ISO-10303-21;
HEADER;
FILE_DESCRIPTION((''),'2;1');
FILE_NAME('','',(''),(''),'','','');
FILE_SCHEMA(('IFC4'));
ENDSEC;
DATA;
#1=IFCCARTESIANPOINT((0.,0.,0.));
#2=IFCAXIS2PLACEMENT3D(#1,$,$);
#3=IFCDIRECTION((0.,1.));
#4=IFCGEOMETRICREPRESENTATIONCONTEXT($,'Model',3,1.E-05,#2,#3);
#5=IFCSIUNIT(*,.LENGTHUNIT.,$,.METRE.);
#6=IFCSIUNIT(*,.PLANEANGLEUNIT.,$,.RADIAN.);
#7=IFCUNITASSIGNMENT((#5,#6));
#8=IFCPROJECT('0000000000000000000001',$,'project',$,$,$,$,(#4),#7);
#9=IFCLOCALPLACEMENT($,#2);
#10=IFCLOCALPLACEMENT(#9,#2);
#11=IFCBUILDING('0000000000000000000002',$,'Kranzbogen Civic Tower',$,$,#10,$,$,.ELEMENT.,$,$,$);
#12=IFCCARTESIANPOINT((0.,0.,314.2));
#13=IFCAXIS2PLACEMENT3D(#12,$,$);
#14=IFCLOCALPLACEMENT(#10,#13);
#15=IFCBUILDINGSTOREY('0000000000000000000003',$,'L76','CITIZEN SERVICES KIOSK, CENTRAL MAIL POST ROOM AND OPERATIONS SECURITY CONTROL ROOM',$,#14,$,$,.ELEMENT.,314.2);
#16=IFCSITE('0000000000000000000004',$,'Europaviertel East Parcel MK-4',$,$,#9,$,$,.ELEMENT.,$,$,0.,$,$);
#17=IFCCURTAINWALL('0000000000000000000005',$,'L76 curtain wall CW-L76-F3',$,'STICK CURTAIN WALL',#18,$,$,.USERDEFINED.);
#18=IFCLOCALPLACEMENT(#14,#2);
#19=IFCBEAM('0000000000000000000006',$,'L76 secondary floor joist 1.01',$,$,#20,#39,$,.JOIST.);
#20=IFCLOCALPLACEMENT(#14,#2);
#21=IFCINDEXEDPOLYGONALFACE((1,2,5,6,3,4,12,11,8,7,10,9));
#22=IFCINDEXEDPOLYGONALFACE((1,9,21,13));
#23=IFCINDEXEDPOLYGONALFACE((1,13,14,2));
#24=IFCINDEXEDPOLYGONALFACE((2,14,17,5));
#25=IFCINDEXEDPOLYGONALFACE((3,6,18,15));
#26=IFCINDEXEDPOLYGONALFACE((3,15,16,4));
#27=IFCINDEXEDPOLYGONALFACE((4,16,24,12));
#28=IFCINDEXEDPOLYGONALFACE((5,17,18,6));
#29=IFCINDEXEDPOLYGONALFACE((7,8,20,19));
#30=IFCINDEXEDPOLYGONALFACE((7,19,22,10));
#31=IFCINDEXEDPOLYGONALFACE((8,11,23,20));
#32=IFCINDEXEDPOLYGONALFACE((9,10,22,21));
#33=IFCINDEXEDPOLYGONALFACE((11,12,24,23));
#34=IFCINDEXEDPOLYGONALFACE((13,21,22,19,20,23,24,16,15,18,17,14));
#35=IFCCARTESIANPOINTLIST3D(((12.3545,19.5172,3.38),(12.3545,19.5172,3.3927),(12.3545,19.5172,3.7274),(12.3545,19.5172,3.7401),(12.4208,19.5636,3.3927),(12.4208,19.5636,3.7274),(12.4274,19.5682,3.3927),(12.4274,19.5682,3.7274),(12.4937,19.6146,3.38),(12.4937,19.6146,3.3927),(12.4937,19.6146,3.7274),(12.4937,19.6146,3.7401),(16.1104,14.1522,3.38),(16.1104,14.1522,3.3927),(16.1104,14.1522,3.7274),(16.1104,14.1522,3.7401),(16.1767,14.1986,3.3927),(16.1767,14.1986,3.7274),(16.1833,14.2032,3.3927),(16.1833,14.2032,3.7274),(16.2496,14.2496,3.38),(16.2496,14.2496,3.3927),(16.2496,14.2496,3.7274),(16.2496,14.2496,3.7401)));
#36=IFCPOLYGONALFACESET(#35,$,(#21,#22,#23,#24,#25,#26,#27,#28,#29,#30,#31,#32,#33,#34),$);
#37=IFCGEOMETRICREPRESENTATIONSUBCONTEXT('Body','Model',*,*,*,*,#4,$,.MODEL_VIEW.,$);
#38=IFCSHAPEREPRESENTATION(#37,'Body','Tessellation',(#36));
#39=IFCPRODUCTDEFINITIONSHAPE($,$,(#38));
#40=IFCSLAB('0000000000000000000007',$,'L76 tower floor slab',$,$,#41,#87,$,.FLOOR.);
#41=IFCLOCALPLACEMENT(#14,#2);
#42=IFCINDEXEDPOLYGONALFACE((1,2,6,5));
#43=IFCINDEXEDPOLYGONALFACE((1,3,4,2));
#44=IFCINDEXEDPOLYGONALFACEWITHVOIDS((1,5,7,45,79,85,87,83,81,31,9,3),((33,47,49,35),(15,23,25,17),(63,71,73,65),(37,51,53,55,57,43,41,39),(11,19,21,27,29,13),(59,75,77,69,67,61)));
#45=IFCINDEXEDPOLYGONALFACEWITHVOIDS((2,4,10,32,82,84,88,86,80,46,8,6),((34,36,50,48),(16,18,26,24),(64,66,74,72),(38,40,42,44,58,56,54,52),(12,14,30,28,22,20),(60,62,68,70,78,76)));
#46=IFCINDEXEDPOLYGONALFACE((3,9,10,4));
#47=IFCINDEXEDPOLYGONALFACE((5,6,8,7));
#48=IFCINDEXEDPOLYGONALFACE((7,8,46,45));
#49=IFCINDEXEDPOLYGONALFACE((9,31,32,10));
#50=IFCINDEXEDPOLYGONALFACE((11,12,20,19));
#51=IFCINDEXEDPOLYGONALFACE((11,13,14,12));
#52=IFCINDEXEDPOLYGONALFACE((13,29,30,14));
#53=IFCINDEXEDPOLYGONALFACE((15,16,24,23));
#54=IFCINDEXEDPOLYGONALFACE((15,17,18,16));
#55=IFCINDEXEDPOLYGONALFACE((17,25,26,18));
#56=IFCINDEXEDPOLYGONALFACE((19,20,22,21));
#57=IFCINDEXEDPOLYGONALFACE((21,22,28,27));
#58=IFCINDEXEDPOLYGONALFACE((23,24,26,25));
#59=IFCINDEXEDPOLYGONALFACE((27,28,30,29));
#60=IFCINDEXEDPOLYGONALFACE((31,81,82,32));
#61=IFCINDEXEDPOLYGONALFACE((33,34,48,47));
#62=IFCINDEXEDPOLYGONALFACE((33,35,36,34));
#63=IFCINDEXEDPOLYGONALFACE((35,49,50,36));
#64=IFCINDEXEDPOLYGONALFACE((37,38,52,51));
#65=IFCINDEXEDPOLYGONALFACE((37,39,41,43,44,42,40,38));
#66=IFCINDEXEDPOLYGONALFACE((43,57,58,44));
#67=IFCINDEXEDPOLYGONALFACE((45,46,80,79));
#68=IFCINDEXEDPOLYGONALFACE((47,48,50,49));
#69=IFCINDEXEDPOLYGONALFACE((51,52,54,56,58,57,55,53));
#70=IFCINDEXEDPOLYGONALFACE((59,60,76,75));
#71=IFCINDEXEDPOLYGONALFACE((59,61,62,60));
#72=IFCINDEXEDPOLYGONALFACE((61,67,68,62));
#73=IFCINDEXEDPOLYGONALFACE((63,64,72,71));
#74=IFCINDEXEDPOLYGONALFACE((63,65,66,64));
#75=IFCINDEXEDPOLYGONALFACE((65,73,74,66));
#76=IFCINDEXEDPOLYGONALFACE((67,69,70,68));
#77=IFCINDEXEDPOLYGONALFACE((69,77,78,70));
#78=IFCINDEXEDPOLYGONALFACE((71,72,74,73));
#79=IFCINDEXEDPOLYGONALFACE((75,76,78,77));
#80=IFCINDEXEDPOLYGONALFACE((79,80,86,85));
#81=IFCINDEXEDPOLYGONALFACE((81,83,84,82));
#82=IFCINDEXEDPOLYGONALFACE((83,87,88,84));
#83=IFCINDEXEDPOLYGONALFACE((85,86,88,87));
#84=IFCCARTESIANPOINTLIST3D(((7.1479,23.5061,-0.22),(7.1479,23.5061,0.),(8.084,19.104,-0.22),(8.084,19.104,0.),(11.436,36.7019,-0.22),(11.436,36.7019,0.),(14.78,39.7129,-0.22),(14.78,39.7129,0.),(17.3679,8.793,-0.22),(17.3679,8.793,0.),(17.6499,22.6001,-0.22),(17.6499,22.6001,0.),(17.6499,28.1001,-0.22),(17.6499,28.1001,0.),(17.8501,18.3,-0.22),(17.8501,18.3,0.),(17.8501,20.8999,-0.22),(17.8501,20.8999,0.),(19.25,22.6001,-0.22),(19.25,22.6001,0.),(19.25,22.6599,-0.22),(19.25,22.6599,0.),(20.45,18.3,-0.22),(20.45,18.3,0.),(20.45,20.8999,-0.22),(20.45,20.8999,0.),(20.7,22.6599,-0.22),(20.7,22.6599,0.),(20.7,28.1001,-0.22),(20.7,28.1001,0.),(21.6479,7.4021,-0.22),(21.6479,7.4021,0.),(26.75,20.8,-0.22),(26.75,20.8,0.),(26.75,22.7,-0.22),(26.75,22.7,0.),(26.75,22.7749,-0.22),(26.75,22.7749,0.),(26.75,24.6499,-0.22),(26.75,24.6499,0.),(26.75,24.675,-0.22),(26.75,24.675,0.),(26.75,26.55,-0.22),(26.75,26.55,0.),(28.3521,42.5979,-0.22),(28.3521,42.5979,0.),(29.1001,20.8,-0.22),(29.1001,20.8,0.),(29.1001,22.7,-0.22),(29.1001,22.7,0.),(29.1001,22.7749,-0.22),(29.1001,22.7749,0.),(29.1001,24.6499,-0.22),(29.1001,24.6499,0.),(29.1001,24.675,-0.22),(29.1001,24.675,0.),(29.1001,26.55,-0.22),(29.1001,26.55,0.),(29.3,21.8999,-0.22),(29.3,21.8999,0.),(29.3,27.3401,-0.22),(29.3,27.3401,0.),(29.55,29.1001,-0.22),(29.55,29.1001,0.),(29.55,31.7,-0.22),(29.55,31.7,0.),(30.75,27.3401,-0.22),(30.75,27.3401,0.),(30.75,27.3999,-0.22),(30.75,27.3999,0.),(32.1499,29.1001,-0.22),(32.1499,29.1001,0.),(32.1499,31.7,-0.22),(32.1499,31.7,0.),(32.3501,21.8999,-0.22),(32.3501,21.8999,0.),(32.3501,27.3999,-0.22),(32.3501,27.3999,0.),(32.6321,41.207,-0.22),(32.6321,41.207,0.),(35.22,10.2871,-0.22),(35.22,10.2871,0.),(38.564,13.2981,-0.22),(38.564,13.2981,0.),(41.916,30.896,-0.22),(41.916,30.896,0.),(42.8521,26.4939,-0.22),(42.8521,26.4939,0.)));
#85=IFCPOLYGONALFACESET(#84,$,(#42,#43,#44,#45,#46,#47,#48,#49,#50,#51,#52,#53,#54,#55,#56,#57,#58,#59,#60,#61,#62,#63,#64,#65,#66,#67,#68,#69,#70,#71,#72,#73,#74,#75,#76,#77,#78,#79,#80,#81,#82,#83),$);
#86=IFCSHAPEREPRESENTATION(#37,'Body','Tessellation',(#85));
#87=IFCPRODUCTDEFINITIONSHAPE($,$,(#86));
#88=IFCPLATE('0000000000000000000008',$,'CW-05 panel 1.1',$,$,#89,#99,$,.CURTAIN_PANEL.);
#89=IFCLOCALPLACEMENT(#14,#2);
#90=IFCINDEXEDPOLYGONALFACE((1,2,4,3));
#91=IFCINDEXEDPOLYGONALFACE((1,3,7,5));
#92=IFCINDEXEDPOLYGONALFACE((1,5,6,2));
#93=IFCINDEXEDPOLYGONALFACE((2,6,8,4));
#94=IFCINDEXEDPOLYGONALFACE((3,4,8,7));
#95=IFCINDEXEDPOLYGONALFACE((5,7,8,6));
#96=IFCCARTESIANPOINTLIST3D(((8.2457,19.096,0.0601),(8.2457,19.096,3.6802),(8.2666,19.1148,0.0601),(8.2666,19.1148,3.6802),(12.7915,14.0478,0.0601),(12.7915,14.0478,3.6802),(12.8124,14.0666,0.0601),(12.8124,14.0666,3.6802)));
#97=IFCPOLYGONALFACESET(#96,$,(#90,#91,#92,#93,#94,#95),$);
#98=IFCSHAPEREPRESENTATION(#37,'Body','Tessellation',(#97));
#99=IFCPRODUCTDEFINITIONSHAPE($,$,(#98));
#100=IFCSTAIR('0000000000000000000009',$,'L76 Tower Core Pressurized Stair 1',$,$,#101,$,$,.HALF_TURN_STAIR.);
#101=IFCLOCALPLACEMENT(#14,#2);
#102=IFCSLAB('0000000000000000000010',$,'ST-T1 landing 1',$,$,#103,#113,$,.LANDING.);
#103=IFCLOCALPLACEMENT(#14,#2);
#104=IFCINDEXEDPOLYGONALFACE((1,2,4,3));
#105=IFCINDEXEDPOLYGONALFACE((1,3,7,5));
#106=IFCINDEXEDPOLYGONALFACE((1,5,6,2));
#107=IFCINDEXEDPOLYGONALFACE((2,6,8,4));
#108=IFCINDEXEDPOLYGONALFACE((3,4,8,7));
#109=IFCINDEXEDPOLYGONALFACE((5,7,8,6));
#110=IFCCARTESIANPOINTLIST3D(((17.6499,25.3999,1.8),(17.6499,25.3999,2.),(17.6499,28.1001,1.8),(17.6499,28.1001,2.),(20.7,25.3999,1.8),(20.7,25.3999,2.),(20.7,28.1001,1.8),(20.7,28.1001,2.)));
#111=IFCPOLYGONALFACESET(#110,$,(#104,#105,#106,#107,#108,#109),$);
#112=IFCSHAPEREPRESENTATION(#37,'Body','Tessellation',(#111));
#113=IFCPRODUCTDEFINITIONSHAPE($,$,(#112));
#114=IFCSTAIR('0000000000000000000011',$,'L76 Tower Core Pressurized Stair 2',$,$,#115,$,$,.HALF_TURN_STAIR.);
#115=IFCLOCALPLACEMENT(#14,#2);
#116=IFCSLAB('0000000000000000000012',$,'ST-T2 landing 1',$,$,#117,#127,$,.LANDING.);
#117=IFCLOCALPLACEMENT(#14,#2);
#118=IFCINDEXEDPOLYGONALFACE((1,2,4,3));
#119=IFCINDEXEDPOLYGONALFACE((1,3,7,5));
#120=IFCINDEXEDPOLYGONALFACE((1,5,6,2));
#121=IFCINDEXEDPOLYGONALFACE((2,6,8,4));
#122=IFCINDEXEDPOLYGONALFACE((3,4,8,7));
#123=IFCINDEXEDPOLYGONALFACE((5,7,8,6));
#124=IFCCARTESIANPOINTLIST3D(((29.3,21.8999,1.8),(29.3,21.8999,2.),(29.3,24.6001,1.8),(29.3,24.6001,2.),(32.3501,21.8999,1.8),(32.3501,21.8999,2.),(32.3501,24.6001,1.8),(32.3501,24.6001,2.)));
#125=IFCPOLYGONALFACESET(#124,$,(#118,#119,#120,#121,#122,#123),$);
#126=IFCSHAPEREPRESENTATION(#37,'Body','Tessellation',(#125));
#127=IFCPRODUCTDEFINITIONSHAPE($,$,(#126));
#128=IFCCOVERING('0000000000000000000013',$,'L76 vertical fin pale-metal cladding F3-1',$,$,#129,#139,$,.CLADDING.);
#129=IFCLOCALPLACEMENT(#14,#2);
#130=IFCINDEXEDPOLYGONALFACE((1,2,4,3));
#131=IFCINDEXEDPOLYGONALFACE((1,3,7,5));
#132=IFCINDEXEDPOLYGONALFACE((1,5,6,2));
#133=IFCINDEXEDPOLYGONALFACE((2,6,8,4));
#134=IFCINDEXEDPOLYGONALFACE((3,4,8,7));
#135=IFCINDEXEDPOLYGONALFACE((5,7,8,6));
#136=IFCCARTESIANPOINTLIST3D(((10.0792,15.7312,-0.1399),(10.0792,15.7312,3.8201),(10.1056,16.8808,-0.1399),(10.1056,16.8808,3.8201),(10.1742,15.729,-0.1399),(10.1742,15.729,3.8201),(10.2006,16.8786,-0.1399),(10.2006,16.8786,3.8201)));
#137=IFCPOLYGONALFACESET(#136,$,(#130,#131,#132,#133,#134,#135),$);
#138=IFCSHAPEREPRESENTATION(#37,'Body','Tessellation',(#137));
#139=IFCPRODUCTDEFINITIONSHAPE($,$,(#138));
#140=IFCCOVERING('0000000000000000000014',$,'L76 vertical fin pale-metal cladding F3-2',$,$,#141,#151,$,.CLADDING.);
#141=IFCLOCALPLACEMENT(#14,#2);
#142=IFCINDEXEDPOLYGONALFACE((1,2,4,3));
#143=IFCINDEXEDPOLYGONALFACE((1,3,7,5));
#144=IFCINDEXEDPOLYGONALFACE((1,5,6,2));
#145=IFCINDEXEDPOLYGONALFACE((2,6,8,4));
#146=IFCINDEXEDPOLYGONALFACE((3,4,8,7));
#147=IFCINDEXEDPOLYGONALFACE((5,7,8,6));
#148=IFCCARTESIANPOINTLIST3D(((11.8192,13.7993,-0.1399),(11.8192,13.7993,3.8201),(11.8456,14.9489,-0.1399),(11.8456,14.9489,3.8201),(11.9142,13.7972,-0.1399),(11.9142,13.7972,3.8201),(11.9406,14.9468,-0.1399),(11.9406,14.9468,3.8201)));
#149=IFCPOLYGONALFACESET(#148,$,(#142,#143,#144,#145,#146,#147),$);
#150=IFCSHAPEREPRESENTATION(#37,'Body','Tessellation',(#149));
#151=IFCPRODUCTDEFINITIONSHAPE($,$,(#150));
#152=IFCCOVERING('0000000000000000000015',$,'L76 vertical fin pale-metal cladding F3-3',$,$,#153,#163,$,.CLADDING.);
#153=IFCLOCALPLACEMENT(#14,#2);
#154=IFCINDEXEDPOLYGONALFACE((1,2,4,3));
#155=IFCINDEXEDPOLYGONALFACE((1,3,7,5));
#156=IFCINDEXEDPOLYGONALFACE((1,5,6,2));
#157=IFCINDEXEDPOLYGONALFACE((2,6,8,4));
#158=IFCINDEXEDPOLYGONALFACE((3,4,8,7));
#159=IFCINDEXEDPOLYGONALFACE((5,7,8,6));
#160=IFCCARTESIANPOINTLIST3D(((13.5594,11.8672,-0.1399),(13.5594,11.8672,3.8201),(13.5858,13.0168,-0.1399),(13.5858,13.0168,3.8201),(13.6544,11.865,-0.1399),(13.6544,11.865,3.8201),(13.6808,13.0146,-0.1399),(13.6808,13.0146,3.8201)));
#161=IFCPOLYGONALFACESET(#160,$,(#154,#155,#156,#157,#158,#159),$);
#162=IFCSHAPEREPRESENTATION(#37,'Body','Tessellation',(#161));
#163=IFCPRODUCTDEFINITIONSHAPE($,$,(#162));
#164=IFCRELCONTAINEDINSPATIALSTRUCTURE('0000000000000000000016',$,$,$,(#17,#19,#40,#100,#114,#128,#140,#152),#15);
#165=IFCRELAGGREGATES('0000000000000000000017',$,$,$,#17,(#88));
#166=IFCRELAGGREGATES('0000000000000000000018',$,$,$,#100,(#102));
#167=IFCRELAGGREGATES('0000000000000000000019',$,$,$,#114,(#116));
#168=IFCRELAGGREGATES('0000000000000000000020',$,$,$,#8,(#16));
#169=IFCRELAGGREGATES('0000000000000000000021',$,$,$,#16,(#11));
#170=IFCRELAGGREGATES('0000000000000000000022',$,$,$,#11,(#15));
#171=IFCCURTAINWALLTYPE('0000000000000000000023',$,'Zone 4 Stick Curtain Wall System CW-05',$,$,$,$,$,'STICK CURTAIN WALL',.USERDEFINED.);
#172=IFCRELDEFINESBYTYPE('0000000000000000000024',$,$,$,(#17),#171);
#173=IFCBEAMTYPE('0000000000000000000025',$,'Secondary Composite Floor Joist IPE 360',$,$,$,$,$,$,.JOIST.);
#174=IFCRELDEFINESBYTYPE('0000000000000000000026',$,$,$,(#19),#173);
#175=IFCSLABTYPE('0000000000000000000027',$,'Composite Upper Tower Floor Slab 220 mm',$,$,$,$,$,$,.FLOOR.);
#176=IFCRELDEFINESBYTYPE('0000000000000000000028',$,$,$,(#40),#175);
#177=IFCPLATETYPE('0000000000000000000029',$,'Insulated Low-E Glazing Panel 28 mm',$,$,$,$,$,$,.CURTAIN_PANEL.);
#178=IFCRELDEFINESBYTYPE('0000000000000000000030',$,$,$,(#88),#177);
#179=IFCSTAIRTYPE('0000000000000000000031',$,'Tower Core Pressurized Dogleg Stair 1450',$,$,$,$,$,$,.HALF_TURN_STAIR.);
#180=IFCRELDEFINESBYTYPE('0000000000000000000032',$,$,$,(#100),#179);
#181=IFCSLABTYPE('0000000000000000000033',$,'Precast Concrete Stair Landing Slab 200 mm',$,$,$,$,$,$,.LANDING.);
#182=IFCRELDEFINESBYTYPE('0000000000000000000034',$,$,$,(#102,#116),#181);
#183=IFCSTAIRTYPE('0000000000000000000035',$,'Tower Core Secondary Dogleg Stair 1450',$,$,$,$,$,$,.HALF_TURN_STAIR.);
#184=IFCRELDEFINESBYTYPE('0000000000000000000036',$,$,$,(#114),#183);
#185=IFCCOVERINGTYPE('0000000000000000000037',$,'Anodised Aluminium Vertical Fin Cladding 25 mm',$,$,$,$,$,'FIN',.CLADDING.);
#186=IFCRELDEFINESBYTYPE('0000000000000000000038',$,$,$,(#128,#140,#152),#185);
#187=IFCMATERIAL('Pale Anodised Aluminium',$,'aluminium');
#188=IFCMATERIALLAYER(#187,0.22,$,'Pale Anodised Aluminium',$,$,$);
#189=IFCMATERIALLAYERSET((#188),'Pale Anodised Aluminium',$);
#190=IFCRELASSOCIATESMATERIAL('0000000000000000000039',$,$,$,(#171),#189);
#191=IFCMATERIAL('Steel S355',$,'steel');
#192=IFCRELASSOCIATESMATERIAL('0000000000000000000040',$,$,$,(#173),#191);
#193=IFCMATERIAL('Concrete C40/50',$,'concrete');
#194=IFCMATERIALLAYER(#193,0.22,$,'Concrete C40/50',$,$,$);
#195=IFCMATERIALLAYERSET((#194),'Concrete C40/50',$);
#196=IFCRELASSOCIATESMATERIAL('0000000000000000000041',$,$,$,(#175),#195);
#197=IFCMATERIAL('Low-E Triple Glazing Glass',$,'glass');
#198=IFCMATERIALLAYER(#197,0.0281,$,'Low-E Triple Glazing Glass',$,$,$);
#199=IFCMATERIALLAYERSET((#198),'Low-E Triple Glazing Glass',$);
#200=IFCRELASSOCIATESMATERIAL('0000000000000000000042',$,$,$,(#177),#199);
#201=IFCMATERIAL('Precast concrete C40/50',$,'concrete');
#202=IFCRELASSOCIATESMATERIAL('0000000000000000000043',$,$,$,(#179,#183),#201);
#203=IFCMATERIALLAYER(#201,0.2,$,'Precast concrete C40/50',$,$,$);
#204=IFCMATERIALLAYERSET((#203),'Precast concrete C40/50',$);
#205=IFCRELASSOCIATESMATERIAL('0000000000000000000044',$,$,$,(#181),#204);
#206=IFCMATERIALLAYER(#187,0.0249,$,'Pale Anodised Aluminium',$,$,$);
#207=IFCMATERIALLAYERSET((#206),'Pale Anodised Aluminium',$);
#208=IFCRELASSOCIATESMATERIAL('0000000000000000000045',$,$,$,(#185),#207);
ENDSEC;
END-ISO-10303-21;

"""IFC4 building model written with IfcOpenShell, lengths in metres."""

from ifc_helpers import new_model, si_unit, direction, frame, origin, origin_2d, place, context, subcontext, project, spatial, polyline, rectangle, i_section, outline, extrude, material, layer, layer_set, material_profile, profile_set, type_object, element, aggregate, save


model = new_model("IFC4")

# Units and contexts
model_context = context("Model", 3, precision=1e-05, world=origin(), true_north=direction((0.0, 1.0)))
body_context = subcontext(model_context, "Body", "Model", "MODEL_VIEW")
ifc_project = project(units=[si_unit("LENGTHUNIT", "METRE"), si_unit("PLANEANGLEUNIT", "RADIAN")], contexts=[model_context])

# Site, building, storey
site_placement = place(None, origin())
site = spatial("IfcSite", under=ifc_project, at=site_placement, Name="Europaviertel East Parcel MK-4", CompositionType="ELEMENT", RefElevation=0.0)
building_placement = place(site_placement, origin())
building = spatial("IfcBuilding", under=site, at=building_placement, Name="Kranzbogen Civic Tower", CompositionType="ELEMENT")
storey_placement = place(building_placement, frame((0.0, 0.0, 314.2)))
storey = spatial("IfcBuildingStorey", under=building, at=storey_placement, Name="L76", Description="CITIZEN SERVICES KIOSK, CENTRAL MAIL POST ROOM AND OPERATIONS SECURITY CONTROL ROOM", CompositionType="ELEMENT", Elevation=314.2)

# Shared definitions
ifc_material_1 = material(Name="Steel S355", Category="steel")

# Shared definitions
ifc_material_2 = material(Name="Pale Anodised Aluminium", Category="aluminium")

# Curtain wall
ifc_layer_1 = layer(ifc_material_2, 0.22, Name="Pale Anodised Aluminium")
ifc_layer_set_1 = layer_set([ifc_layer_1], Name="Pale Anodised Aluminium")
curtain_wall_type_1 = type_object("IfcCurtainWallType", Name="Zone 4 Stick Curtain Wall System CW-05", ElementType="STICK CURTAIN WALL", PredefinedType="USERDEFINED", material=ifc_layer_set_1)
curtain_wall_1_placement = place(storey_placement, origin())
curtain_wall_1 = element("IfcCurtainWall", 1, at=curtain_wall_1_placement, inside=storey, type_object=curtain_wall_type_1, Name="L76 curtain wall CW-L76-F3", ObjectType="STICK CURTAIN WALL", PredefinedType="USERDEFINED")

# Beam
ifc_material_profile_1 = material_profile(ifc_material_1, i_section(OverallWidth=0.1699, OverallDepth=0.3601, WebThickness=0.0081, FlangeThickness=0.0127, at=origin_2d()), Name="IPE 360")
ifc_profile_set_1 = profile_set([ifc_material_profile_1], Name="Steel S355")
beam_type_1 = type_object("IfcBeamType", Name="Secondary Composite Floor Joist IPE 360", PredefinedType="JOIST", material=ifc_profile_set_1)
beam_1_placement = place(storey_placement, frame((12.4241, 19.5659, 3.5601), z_axis=(0.5735, -0.819206, 0.0), x_axis=(0.819206, 0.5735, 0.0)))
element("IfcBeam", 2, at=beam_1_placement, inside=storey, type_object=beam_type_1, Name="L76 secondary floor joist 1.01", PredefinedType="JOIST", context=body_context, shape_type="SweptSolid", body=[
    extrude(i_section(OverallWidth=0.1699, OverallDepth=0.3601, WebThickness=0.0081, FlangeThickness=0.0127, at=origin_2d()), origin(), (0.0, 0.0, 1.0), 6.5491),
])

# Slab
ifc_material_3 = material(Name="Concrete C40/50", Category="concrete")
ifc_layer_2 = layer(ifc_material_3, 0.22, Name="Concrete C40/50")
ifc_layer_set_2 = layer_set([ifc_layer_2], Name="Concrete C40/50")
slab_type_1 = type_object("IfcSlabType", Name="Composite Upper Tower Floor Slab 220 mm", PredefinedType="FLOOR", material=ifc_layer_set_2)
slab_1_placement = place(storey_placement, frame((0.0, 0.0, -0.22)))
element("IfcSlab", 3, at=slab_1_placement, inside=storey, type_object=slab_type_1, Name="L76 tower floor slab", PredefinedType="FLOOR", context=body_context, shape_type="SweptSolid", body=[
    extrude(outline(polyline([(28.3521, 42.5979), (14.78, 39.7129), (11.436, 36.7019), (7.1479, 23.5061), (8.084, 19.104), (17.3679, 8.793), (21.6479, 7.4021), (35.22, 10.2871), (38.564, 13.2981), (42.8521, 26.4939), (41.916, 30.896), (32.6321, 41.207), (28.3521, 42.5979)]), holes=[polyline([(17.8501, 20.8999), (20.45, 20.8999), (20.45, 18.3), (17.8501, 18.3), (17.8501, 20.8999)]), polyline([(29.1001, 22.7), (29.1001, 20.8), (26.75, 20.8), (26.75, 22.7), (29.1001, 22.7)]), polyline([(29.1001, 24.6499), (29.1001, 22.7749), (26.75, 22.7749), (26.75, 24.6499), (26.75, 24.675), (26.75, 26.55), (29.1001, 26.55), (29.1001, 24.675), (29.1001, 24.6499)]), polyline([(29.3, 27.3401), (30.75, 27.3401), (30.75, 27.3999), (32.3501, 27.3999), (32.3501, 21.8999), (29.3, 21.8999), (29.3, 27.3401)]), polyline([(20.7, 22.6599), (19.25, 22.6599), (19.25, 22.6001), (17.6499, 22.6001), (17.6499, 28.1001), (20.7, 28.1001), (20.7, 22.6599)]), polyline([(32.1499, 31.7), (32.1499, 29.1001), (29.55, 29.1001), (29.55, 31.7), (32.1499, 31.7)])]), origin(), (0.0, 0.0, 1.0), 0.22),
])

# Plate
ifc_material_4 = material(Name="Low-E Triple Glazing Glass", Category="glass")
ifc_layer_3 = layer(ifc_material_4, 0.0281, Name="Low-E Triple Glazing Glass")
ifc_layer_set_3 = layer_set([ifc_layer_3], Name="Low-E Triple Glazing Glass")
plate_type = type_object("IfcPlateType", Name="Insulated Low-E Glazing Panel 28 mm", PredefinedType="CURTAIN_PANEL", material=ifc_layer_set_3)
plate_placement = place(storey_placement, frame((10.5291, 16.5813, 0.0601), z_axis=(0.0, 0.0, 1.0), x_axis=(0.669165, -0.743114, 0.0)))
plate = element("IfcPlate", 4, at=plate_placement, type_object=plate_type, Name="CW-05 panel 1.1", PredefinedType="CURTAIN_PANEL", context=body_context, shape_type="SweptSolid", body=[
    extrude(rectangle(XDim=6.7932, YDim=0.0281, at=origin_2d()), origin(), (0.0, 0.0, 1.0), 3.6201),
])
aggregate(curtain_wall_1, [plate])

# Stairs, slabs
ifc_material_5 = material(Name="Precast concrete C40/50", Category="concrete")
stair_type_1 = type_object("IfcStairType", Name="Tower Core Pressurized Dogleg Stair 1450", PredefinedType="HALF_TURN_STAIR", material=ifc_material_5)
stair_1_placement = place(storey_placement, origin())
stair_1 = element("IfcStair", 5, at=stair_1_placement, inside=storey, type_object=stair_type_1, Name="L76 Tower Core Pressurized Stair 1", PredefinedType="HALF_TURN_STAIR")
ifc_layer_4 = layer(ifc_material_5, 0.2, Name="Precast concrete C40/50")
ifc_layer_set_4 = layer_set([ifc_layer_4], Name="Precast concrete C40/50")
slab_type_2 = type_object("IfcSlabType", Name="Precast Concrete Stair Landing Slab 200 mm", PredefinedType="LANDING", material=ifc_layer_set_4)
slab_2_placement = place(storey_placement, frame((0.0, 0.0, 1.8)))
slab_2 = element("IfcSlab", 6, at=slab_2_placement, type_object=slab_type_2, Name="ST-T1 landing 1", PredefinedType="LANDING", context=body_context, shape_type="SweptSolid", body=[
    extrude(outline(polyline([(20.7, 25.3999), (20.7, 28.1001), (17.6499, 28.1001), (17.6499, 25.3999), (20.7, 25.3999)])), origin(), (0.0, 0.0, 1.0), 0.2),
])
aggregate(stair_1, [slab_2])
stair_type_2 = type_object("IfcStairType", Name="Tower Core Secondary Dogleg Stair 1450", PredefinedType="HALF_TURN_STAIR", material=ifc_material_5)
stair_2_placement = place(storey_placement, origin())
stair_2 = element("IfcStair", 7, at=stair_2_placement, inside=storey, type_object=stair_type_2, Name="L76 Tower Core Pressurized Stair 2", PredefinedType="HALF_TURN_STAIR")
slab_3_placement = place(storey_placement, frame((0.0, 0.0, 1.8)))
slab_3 = element("IfcSlab", 8, at=slab_3_placement, type_object=slab_type_2, Name="ST-T2 landing 1", PredefinedType="LANDING", context=body_context, shape_type="SweptSolid", body=[
    extrude(outline(polyline([(29.3, 24.6001), (29.3, 21.8999), (32.3501, 21.8999), (32.3501, 24.6001), (29.3, 24.6001)])), origin(), (0.0, 0.0, 1.0), 0.2),
])
aggregate(stair_2, [slab_3])

# Coverings
ifc_layer_5 = layer(ifc_material_2, 0.0249, Name="Pale Anodised Aluminium")
ifc_layer_set_5 = layer_set([ifc_layer_5], Name="Pale Anodised Aluminium")
covering_type_1 = type_object("IfcCoveringType", Name="Anodised Aluminium Vertical Fin Cladding 25 mm", ElementType="FIN", PredefinedType="CLADDING", material=ifc_layer_set_5)
for number, where, z_axis, x_axis, name in (
    (9, (10.1399, 16.3049, -0.1399), (0.0, 0.0, 1.0), (-0.022949, -0.999737, 0.0), "L76 vertical fin pale-metal cladding F3-1"),
    (10, (11.8799, 14.373, -0.1399), (0.0, 0.0, 1.0), (-0.022949, -0.999737, 0.0), "L76 vertical fin pale-metal cladding F3-2"),
    (11, (13.6201, 12.4409, -0.1399), (0.0, 0.0, 1.0), (-0.022949, -0.999737, 0.0), "L76 vertical fin pale-metal cladding F3-3"),
):
    element("IfcCovering", number, at=place(storey_placement, frame(where, z_axis=z_axis, x_axis=x_axis)), inside=storey, type_object=covering_type_1, Name=name, PredefinedType="CLADDING", context=body_context, shape_type="SweptSolid", body=[
        extrude(rectangle(XDim=1.1499, YDim=0.095, at=origin_2d()), origin(), (0.0, 0.0, 1.0), 3.96),
    ])

save(model, "model.ifc")
